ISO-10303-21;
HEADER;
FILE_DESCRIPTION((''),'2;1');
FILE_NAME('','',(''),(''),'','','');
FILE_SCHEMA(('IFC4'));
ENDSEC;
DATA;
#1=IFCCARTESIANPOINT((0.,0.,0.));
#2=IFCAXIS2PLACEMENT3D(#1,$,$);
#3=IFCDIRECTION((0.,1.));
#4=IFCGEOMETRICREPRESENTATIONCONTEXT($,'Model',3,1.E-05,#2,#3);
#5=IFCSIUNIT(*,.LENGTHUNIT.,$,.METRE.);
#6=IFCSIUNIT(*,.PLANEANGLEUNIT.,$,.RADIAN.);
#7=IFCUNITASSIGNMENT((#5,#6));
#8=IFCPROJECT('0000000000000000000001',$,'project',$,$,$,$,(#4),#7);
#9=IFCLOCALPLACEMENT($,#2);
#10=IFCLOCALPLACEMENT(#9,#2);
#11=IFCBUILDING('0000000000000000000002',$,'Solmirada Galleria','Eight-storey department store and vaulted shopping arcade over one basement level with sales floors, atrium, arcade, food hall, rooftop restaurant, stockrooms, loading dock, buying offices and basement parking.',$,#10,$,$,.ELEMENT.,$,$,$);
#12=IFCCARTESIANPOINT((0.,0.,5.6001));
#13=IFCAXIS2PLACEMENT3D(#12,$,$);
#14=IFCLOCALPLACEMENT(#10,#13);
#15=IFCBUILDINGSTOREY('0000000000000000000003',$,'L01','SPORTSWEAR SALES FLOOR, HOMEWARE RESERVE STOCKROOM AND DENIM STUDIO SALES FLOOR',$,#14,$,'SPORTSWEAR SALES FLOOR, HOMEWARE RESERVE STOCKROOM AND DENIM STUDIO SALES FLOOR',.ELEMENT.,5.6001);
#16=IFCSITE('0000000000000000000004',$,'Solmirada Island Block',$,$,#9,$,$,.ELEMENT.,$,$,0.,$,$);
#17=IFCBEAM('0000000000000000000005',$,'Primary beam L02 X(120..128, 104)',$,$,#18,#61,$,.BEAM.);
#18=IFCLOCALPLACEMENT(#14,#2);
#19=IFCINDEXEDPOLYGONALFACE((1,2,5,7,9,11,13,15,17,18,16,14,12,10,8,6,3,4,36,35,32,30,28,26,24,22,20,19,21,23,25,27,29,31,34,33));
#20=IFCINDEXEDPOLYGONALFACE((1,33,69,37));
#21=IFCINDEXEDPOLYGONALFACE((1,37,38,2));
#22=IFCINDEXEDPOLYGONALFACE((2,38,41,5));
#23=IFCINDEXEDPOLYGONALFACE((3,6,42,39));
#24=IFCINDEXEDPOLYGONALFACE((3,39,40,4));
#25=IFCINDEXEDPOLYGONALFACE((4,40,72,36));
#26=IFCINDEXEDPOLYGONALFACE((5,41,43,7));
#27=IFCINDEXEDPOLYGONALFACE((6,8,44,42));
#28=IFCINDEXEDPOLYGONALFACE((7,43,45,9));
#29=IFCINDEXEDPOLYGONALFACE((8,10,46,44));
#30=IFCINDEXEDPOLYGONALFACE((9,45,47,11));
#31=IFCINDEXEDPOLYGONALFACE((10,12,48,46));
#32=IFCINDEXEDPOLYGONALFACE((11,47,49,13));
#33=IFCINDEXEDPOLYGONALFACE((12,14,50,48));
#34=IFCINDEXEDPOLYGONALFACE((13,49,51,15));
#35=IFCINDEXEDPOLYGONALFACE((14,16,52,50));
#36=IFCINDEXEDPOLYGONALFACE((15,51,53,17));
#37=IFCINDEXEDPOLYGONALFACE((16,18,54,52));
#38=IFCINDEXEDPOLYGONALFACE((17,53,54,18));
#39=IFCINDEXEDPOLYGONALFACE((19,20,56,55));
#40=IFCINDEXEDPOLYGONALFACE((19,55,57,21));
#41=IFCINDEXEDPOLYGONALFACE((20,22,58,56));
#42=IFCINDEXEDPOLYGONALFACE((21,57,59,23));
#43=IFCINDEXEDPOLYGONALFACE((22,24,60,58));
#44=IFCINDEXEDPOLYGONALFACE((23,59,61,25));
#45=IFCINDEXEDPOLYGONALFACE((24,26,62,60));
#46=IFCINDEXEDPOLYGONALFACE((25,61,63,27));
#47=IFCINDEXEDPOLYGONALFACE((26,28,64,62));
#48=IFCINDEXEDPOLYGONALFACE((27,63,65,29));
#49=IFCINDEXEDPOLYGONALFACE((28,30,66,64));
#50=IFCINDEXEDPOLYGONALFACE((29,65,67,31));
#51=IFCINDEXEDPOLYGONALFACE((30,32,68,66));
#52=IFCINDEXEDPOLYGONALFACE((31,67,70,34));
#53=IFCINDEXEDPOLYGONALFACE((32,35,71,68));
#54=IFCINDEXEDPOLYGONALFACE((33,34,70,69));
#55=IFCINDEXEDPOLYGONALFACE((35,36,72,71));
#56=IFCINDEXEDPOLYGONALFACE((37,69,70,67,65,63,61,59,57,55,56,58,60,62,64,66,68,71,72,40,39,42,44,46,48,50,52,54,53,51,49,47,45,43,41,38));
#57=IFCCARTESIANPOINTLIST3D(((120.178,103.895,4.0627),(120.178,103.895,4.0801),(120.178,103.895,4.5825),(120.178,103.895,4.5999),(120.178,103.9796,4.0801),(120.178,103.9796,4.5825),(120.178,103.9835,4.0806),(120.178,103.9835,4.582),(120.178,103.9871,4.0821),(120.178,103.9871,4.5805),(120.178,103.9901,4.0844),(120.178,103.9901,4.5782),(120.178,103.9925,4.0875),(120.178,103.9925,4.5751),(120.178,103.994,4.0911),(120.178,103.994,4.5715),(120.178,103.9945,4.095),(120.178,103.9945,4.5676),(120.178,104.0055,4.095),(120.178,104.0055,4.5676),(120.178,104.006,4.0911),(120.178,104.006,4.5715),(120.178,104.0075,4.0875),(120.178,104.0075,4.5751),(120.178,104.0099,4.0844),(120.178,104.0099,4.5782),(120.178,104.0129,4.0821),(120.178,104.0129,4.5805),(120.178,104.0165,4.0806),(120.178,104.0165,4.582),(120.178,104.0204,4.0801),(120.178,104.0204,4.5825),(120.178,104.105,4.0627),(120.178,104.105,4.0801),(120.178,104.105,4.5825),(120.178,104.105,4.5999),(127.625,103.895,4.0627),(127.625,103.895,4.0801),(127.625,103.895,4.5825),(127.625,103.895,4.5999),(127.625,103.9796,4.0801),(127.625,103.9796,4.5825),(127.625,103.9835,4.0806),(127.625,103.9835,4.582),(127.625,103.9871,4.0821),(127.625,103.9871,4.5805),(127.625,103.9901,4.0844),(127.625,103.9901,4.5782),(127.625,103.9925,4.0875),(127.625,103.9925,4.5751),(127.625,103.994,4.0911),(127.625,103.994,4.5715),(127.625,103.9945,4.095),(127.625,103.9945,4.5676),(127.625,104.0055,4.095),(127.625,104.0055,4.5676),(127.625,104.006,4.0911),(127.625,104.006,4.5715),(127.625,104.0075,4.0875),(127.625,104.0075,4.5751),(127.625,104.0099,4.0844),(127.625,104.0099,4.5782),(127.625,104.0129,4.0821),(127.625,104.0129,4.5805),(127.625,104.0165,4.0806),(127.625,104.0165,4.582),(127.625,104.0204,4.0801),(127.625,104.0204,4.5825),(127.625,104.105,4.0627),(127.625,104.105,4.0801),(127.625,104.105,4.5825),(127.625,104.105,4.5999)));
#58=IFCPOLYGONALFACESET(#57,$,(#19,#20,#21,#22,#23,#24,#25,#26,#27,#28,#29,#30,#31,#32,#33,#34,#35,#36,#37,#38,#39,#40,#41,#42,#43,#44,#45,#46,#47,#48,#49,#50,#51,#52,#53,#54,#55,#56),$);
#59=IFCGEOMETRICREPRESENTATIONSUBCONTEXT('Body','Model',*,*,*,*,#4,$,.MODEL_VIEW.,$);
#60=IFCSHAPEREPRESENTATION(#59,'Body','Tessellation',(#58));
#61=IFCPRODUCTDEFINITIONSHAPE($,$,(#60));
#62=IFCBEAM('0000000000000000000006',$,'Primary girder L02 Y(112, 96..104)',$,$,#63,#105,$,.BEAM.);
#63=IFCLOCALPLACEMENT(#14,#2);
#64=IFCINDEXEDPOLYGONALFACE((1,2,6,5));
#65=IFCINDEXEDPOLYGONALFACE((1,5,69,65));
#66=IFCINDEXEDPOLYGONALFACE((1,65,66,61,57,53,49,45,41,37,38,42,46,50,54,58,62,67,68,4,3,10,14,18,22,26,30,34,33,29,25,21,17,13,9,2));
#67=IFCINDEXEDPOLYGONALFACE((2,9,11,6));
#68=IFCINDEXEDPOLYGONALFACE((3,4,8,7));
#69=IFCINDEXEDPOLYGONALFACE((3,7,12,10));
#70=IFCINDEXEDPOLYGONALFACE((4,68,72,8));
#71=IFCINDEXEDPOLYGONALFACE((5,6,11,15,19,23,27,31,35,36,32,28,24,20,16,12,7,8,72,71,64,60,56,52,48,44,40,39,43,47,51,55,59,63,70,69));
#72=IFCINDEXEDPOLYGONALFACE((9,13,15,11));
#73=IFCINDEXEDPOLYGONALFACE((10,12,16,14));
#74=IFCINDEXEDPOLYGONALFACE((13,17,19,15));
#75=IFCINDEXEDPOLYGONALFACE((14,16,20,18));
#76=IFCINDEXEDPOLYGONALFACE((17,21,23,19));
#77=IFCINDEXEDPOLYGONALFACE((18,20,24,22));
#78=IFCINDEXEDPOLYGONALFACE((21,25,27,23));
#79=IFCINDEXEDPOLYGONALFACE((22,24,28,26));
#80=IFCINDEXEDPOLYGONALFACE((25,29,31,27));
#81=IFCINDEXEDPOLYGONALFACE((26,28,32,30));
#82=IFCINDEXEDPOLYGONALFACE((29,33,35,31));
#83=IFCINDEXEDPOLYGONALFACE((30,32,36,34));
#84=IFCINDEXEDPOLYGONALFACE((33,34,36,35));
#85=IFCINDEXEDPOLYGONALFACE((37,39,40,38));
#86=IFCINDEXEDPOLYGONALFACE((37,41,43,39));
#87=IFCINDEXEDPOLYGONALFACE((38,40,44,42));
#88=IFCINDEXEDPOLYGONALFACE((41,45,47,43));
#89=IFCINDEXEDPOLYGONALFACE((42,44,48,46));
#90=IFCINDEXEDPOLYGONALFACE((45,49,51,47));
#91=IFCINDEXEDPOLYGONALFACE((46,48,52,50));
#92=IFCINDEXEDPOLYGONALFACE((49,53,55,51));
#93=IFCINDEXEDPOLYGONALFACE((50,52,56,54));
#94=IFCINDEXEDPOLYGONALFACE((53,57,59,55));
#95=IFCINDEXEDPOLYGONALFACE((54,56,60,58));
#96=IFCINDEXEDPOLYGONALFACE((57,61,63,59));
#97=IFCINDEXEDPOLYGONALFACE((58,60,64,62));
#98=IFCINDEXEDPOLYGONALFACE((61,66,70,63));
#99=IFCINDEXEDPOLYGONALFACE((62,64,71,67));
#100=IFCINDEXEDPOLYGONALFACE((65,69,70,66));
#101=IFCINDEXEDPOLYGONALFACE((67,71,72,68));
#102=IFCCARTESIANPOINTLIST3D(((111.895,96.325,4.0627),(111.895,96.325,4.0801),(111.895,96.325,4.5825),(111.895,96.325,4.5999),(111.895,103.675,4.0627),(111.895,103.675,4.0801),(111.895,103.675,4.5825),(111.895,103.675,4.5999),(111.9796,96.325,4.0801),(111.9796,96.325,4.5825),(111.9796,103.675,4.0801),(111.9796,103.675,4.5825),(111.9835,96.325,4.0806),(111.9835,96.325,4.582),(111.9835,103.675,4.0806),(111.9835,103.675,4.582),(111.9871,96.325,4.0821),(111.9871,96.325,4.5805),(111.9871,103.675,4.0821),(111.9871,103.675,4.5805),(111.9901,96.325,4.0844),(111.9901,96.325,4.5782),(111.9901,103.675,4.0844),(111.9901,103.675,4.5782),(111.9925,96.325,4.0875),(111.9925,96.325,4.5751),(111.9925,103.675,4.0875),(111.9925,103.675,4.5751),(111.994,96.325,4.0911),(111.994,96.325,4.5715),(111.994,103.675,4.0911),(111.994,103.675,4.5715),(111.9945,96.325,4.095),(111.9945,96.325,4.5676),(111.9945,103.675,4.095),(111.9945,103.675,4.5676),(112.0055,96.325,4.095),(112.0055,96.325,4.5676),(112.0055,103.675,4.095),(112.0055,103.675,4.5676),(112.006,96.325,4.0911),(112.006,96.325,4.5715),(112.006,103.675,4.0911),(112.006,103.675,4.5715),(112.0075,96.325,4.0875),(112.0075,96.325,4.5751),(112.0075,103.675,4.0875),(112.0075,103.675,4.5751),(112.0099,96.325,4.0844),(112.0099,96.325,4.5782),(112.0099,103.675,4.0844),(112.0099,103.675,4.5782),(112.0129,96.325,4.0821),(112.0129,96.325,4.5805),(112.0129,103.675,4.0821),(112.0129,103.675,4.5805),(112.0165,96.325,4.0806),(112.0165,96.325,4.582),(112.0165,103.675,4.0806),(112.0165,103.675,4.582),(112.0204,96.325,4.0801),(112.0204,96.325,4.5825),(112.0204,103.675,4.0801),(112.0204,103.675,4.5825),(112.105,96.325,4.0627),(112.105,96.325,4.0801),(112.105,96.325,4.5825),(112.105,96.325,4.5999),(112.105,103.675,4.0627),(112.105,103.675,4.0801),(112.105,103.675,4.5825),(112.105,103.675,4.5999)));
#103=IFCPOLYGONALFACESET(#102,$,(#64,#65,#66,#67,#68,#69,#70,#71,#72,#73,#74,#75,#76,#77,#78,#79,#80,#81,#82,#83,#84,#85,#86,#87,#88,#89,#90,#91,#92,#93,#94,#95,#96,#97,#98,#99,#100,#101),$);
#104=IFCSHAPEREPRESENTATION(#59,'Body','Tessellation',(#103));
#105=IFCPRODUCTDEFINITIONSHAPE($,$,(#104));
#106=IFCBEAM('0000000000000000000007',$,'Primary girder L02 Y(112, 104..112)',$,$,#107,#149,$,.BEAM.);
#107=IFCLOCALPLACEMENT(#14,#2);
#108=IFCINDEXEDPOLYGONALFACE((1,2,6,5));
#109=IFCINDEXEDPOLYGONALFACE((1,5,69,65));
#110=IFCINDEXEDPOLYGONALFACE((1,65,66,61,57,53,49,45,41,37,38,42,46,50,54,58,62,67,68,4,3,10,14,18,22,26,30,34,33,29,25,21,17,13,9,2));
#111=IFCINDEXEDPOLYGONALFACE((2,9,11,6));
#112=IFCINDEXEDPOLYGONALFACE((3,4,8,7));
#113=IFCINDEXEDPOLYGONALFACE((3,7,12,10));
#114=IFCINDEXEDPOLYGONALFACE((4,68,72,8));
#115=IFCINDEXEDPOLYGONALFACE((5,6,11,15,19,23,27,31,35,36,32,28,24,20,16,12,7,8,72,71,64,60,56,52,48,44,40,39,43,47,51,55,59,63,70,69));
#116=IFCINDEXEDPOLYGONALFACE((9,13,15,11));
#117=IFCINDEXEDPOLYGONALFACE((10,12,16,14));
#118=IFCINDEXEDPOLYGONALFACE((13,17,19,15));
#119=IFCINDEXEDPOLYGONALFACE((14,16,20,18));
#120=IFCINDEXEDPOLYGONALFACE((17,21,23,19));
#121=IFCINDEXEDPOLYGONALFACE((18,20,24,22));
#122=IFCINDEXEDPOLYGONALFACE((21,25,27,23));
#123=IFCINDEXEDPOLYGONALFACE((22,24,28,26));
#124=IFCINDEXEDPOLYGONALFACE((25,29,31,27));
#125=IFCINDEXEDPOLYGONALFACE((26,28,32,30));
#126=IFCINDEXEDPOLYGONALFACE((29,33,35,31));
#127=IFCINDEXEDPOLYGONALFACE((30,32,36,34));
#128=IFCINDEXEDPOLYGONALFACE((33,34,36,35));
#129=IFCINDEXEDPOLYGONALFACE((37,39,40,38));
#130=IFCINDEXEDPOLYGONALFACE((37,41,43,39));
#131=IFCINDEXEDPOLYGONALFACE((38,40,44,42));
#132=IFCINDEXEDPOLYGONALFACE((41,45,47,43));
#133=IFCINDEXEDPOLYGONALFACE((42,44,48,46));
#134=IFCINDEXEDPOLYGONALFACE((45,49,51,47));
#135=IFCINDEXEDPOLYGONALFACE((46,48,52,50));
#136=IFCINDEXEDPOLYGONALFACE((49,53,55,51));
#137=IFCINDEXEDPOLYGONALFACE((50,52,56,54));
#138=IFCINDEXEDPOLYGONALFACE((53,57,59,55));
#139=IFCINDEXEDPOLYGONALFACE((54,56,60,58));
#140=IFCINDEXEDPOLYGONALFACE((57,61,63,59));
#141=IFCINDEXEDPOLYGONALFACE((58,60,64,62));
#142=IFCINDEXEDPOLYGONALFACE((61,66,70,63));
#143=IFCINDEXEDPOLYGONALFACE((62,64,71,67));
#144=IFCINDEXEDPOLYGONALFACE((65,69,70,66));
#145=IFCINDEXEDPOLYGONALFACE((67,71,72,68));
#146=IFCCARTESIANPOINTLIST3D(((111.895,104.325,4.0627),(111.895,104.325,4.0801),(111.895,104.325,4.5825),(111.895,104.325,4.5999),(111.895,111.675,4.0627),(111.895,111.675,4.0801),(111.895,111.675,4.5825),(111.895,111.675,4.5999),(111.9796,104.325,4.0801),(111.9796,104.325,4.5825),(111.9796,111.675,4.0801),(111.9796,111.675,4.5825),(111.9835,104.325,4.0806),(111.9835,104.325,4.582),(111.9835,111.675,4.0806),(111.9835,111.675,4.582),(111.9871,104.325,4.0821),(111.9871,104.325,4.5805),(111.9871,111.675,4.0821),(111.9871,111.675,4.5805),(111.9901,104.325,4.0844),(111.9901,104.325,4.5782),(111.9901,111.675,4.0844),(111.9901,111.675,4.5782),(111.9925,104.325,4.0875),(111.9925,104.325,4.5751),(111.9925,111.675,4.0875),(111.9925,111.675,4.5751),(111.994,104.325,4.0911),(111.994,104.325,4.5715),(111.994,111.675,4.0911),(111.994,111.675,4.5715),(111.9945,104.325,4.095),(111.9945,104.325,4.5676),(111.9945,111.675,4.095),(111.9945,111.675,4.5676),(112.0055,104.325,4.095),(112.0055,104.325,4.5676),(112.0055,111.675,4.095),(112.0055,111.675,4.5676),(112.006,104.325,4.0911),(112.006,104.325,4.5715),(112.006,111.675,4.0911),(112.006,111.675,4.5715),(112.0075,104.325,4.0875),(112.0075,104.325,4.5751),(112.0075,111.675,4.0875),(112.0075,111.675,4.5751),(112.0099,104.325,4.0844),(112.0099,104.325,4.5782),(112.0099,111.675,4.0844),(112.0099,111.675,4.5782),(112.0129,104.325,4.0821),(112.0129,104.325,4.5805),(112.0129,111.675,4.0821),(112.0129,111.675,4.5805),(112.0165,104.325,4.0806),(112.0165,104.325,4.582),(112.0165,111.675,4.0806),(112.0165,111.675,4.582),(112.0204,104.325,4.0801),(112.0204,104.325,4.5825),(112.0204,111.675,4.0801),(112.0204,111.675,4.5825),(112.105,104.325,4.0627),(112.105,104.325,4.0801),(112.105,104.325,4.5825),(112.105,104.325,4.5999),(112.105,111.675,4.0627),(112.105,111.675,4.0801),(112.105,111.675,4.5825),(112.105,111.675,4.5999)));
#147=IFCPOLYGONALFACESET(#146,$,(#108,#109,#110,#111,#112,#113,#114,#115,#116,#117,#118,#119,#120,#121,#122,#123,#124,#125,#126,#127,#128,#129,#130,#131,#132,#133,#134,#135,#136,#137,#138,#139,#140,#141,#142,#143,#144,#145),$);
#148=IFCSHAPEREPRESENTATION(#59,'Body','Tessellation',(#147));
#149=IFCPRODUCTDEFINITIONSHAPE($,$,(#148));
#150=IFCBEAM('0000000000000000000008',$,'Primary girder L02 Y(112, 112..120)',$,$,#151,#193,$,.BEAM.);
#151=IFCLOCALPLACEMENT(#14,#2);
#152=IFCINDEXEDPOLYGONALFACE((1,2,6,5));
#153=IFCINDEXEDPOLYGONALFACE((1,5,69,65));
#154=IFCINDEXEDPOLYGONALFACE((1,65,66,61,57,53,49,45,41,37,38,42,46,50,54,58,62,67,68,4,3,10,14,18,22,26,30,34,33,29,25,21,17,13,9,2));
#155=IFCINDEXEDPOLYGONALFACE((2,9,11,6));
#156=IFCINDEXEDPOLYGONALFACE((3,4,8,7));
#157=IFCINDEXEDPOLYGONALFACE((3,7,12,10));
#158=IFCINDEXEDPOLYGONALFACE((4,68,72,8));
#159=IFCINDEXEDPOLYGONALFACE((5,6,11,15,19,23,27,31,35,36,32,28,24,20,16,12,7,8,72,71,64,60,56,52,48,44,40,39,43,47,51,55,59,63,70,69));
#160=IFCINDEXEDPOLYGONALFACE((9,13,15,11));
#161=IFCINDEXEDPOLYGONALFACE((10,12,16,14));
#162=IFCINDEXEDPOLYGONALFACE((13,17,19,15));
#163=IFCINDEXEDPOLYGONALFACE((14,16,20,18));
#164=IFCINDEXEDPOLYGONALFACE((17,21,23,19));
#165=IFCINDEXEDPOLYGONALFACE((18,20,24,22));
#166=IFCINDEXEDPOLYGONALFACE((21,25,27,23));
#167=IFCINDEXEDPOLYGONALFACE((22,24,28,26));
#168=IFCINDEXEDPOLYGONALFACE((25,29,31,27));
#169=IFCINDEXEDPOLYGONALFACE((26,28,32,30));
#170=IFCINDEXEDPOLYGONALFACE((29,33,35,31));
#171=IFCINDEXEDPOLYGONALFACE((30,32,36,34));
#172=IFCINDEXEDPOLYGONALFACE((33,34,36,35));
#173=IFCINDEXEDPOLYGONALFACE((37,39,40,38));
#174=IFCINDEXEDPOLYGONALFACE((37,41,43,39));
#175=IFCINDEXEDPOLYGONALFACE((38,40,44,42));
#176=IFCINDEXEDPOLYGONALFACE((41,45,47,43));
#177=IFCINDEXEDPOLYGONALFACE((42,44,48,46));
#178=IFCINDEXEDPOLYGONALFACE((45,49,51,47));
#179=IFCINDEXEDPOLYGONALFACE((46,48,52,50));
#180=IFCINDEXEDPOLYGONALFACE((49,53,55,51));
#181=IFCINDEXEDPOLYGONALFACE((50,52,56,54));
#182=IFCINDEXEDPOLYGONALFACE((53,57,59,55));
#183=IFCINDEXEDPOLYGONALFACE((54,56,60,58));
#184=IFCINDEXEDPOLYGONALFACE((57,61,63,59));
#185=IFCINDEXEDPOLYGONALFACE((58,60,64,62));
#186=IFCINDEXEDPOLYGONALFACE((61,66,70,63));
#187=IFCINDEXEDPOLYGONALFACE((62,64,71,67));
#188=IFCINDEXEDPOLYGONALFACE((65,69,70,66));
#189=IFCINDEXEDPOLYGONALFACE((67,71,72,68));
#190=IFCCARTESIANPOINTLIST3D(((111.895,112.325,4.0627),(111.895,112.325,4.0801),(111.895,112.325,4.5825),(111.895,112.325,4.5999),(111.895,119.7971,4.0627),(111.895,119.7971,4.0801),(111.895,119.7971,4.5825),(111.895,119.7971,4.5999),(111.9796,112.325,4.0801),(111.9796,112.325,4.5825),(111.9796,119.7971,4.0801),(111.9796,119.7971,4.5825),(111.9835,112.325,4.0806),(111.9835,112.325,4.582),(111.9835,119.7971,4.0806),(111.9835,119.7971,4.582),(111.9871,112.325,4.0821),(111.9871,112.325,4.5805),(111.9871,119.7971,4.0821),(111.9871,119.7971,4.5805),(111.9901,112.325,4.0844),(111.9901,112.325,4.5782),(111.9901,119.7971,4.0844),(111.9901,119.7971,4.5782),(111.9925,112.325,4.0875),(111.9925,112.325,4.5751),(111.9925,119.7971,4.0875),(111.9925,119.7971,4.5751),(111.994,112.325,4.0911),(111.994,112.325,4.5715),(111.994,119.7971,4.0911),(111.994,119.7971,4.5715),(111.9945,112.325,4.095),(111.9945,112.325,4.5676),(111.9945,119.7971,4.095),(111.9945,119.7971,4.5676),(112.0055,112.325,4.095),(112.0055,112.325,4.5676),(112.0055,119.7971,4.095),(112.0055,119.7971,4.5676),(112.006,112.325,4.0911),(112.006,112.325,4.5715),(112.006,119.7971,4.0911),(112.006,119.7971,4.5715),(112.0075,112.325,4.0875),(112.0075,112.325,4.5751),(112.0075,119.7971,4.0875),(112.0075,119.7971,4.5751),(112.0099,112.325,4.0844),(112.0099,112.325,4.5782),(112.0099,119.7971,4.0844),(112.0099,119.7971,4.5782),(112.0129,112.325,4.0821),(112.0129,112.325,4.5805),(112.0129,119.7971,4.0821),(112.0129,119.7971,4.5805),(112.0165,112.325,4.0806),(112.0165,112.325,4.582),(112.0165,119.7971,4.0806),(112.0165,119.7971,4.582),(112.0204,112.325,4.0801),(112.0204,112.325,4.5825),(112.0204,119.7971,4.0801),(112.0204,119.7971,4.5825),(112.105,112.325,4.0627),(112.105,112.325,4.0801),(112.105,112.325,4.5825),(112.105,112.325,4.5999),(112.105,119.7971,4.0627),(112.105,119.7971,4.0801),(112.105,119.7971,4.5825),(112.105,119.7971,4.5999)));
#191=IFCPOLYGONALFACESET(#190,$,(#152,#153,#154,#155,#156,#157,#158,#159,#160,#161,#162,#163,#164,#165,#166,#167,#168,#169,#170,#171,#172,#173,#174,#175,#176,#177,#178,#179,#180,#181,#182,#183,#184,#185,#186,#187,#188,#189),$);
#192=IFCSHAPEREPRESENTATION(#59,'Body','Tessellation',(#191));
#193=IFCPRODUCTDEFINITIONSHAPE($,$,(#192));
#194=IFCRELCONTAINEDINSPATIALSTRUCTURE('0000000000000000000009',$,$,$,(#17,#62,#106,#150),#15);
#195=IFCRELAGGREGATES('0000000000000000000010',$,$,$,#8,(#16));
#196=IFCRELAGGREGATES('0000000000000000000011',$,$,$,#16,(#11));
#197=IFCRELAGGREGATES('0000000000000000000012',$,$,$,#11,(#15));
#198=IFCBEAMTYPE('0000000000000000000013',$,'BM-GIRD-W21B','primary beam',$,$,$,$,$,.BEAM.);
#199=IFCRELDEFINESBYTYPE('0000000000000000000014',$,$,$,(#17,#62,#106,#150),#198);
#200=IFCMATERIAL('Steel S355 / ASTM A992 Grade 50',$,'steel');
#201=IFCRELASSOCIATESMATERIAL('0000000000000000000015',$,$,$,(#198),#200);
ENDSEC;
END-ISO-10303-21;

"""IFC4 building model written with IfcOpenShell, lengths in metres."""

from ifc_helpers import new_model, si_unit, direction, frame, origin, origin_2d, place, context, subcontext, project, spatial, i_section, extrude, material, material_profile, profile_set, type_object, element, save


model = new_model("IFC4")

# Units and contexts
model_context = context("Model", 3, precision=1e-05, world=origin(), true_north=direction((0.0, 1.0)))
body_context = subcontext(model_context, "Body", "Model", "MODEL_VIEW")
ifc_project = project(units=[si_unit("LENGTHUNIT", "METRE"), si_unit("PLANEANGLEUNIT", "RADIAN")], contexts=[model_context])

# Site, building, storey
site_placement = place(None, origin())
site = spatial("IfcSite", under=ifc_project, at=site_placement, Name="Solmirada Island Block", CompositionType="ELEMENT", RefElevation=0.0)
building_placement = place(site_placement, origin())
building = spatial("IfcBuilding", under=site, at=building_placement, Name="Solmirada Galleria", Description="Eight-storey department store and vaulted shopping arcade over one basement level with sales floors, atrium, arcade, food hall, rooftop restaurant, stockrooms, loading dock, buying offices and basement parking.", CompositionType="ELEMENT")
storey_placement = place(building_placement, frame((0.0, 0.0, 5.6001)))
storey = spatial("IfcBuildingStorey", under=building, at=storey_placement, Name="L01", Description="SPORTSWEAR SALES FLOOR, HOMEWARE RESERVE STOCKROOM AND DENIM STUDIO SALES FLOOR", LongName="SPORTSWEAR SALES FLOOR, HOMEWARE RESERVE STOCKROOM AND DENIM STUDIO SALES FLOOR", CompositionType="ELEMENT", Elevation=5.6001)

# Beams
ifc_material_1 = material(Name="Steel S355 / ASTM A992 Grade 50", Category="steel")
ifc_material_profile_1 = material_profile(ifc_material_1, i_section(OverallWidth=0.21, OverallDepth=0.5371, WebThickness=0.011, FlangeThickness=0.0173, FilletRadius=0.0149, at=origin_2d()), Name="W21X68")
ifc_profile_set_1 = profile_set([ifc_material_profile_1], Name="Steel S355 / ASTM A992 Grade 50")
beam_type_1 = type_object("IfcBeamType", Name="BM-GIRD-W21B", Description="primary beam", PredefinedType="BEAM", material=ifc_profile_set_1)
beam_1_placement = place(storey_placement, frame((120.178, 104.0, 4.3313), z_axis=(1.0, 0.0, 0.0), x_axis=(0.0, 1.0, 0.0)))
element("IfcBeam", 1, at=beam_1_placement, inside=storey, type_object=beam_type_1, Name="Primary beam L02 X(120..128, 104)", PredefinedType="BEAM", context=body_context, shape_type="SweptSolid", body=[
    extrude(i_section(OverallWidth=0.21, OverallDepth=0.5371, WebThickness=0.011, FlangeThickness=0.0173, FilletRadius=0.0149, at=origin_2d()), origin(), (0.0, 0.0, 1.0), 7.447),
])
for number, where, z_axis, x_axis, name in (
    (2, (112.0, 96.325, 4.3313), (0.0, 1.0, 0.0), (-1.0, 0.0, 0.0), "Primary girder L02 Y(112, 96..104)"),
    (3, (112.0, 104.325, 4.3313), (0.0, 1.0, 0.0), (-1.0, 0.0, 0.0), "Primary girder L02 Y(112, 104..112)"),
):
    element("IfcBeam", number, at=place(storey_placement, frame(where, z_axis=z_axis, x_axis=x_axis)), inside=storey, type_object=beam_type_1, Name=name, PredefinedType="BEAM", context=body_context, shape_type="SweptSolid", body=[
        extrude(i_section(OverallWidth=0.21, OverallDepth=0.5371, WebThickness=0.011, FlangeThickness=0.0173, FilletRadius=0.0149, at=origin_2d()), origin(), (0.0, 0.0, 1.0), 7.3501),
    ])
beam_2_placement = place(storey_placement, frame((112.0, 112.325, 4.3313), z_axis=(0.0, 1.0, 0.0), x_axis=(-1.0, 0.0, 0.0)))
element("IfcBeam", 4, at=beam_2_placement, inside=storey, type_object=beam_type_1, Name="Primary girder L02 Y(112, 112..120)", PredefinedType="BEAM", context=body_context, shape_type="SweptSolid", body=[
    extrude(i_section(OverallWidth=0.21, OverallDepth=0.5371, WebThickness=0.011, FlangeThickness=0.0173, FilletRadius=0.0149, at=origin_2d()), origin(), (0.0, 0.0, 1.0), 7.4722),
])

save(model, "model.ifc")
